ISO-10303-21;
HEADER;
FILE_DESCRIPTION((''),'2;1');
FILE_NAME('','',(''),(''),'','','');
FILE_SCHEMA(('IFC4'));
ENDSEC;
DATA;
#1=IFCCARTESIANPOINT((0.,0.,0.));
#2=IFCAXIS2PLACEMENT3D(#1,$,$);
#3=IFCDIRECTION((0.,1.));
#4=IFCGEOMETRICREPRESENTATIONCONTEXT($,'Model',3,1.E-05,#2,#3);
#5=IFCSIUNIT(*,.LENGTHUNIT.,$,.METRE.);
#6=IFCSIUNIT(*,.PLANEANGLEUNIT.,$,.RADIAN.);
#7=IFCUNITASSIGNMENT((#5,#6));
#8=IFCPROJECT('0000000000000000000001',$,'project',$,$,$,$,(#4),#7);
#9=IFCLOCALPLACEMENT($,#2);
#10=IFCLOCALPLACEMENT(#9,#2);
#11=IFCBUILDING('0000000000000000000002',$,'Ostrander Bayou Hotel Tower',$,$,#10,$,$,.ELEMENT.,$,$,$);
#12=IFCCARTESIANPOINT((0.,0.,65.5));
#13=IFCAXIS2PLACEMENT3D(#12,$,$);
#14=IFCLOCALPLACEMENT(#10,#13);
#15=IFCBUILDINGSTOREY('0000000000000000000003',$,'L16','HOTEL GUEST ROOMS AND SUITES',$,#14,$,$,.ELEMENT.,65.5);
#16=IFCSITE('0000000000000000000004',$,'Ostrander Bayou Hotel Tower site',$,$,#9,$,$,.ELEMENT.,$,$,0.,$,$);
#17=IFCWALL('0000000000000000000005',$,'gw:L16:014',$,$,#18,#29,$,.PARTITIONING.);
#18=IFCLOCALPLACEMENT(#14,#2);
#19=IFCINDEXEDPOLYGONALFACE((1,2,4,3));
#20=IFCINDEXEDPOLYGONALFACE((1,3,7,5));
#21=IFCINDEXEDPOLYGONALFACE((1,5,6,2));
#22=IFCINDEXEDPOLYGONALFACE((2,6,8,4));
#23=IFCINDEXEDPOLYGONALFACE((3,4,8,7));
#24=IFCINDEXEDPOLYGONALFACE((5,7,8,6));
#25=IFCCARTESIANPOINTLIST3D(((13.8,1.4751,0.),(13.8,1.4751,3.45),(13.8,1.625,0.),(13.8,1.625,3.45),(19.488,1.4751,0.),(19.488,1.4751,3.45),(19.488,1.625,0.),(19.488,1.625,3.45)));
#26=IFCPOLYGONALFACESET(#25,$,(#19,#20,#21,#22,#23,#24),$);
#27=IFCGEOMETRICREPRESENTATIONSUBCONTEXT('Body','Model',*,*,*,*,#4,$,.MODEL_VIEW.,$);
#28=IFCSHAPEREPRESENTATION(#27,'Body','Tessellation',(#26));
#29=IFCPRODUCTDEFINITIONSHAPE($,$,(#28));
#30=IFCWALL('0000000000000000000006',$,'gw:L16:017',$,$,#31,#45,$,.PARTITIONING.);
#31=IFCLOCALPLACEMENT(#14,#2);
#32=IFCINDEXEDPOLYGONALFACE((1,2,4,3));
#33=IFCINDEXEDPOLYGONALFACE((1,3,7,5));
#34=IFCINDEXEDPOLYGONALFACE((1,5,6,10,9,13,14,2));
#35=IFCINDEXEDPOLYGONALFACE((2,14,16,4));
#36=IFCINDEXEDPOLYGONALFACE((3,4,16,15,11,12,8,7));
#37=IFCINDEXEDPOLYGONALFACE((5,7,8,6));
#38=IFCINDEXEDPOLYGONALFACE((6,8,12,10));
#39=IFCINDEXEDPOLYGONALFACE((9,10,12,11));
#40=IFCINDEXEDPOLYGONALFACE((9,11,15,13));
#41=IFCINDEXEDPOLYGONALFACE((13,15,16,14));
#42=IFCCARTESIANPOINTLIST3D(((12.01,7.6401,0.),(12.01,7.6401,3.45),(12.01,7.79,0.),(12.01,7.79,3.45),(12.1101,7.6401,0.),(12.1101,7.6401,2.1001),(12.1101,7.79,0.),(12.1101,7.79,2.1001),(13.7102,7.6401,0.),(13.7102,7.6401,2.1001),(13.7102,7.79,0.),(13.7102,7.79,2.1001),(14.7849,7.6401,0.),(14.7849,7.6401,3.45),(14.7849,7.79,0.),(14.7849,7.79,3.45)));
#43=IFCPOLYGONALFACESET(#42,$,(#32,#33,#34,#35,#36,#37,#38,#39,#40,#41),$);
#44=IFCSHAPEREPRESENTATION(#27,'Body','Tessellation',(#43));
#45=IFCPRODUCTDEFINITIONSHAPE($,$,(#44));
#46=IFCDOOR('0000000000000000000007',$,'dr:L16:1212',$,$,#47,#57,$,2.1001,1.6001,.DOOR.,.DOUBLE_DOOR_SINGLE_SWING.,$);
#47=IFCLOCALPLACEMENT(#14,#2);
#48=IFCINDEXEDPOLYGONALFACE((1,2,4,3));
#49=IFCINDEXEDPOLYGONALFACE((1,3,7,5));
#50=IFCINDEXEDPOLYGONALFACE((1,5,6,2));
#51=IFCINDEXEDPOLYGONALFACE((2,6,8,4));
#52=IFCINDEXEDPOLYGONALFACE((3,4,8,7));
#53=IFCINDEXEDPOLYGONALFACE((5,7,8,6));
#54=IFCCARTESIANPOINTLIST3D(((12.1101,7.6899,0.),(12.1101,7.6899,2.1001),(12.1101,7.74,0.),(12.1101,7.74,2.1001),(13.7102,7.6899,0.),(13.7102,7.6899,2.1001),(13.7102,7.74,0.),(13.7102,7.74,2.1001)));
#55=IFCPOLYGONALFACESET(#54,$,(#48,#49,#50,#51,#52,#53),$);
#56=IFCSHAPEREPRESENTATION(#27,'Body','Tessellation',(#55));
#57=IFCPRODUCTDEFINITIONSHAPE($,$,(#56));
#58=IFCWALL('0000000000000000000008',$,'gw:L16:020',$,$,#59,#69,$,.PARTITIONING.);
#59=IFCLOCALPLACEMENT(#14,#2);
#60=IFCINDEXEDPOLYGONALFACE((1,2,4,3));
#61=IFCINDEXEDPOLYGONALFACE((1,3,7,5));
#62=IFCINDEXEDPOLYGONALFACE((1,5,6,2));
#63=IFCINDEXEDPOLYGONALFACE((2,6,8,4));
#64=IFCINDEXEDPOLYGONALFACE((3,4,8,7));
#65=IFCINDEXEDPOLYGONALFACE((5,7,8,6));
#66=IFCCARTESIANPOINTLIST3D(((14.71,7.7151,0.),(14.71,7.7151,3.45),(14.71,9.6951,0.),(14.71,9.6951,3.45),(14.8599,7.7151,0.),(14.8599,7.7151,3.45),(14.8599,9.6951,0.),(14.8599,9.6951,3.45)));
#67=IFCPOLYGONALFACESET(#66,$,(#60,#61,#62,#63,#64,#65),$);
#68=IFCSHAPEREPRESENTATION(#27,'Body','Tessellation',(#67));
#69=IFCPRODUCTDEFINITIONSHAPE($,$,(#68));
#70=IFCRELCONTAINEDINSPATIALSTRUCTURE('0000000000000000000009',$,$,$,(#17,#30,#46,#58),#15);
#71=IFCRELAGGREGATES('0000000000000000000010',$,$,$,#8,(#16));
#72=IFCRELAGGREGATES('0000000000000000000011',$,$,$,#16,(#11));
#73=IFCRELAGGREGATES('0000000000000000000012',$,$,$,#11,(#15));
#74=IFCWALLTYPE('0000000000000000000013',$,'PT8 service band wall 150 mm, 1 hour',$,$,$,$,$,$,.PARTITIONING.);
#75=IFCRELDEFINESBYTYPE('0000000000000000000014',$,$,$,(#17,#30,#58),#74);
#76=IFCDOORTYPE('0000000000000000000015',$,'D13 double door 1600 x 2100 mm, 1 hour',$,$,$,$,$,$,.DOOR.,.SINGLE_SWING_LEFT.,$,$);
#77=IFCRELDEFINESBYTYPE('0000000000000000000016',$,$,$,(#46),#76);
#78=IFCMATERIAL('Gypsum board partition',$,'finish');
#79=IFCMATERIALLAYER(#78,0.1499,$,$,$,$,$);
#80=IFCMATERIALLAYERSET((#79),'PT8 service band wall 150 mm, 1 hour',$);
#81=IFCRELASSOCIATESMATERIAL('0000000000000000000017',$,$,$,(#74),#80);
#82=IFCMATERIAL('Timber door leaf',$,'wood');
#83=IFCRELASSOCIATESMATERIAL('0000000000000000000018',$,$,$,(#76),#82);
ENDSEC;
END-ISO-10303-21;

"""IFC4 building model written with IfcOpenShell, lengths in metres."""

from ifc_helpers import new_model, si_unit, direction, frame, frame_2d, origin, place, context, subcontext, project, spatial, rectangle, extrude, material, layer, layer_set, type_object, element, fill, save


model = new_model("IFC4")

# Units and contexts
model_context = context("Model", 3, precision=1e-05, world=origin(), true_north=direction((0.0, 1.0)))
body_context = subcontext(model_context, "Body", "Model", "MODEL_VIEW")
ifc_project = project(units=[si_unit("LENGTHUNIT", "METRE"), si_unit("PLANEANGLEUNIT", "RADIAN")], contexts=[model_context])

# Site, building, storey
site_placement = place(None, origin())
site = spatial("IfcSite", under=ifc_project, at=site_placement, Name="Ostrander Bayou Hotel Tower site", CompositionType="ELEMENT", RefElevation=0.0)
building_placement = place(site_placement, origin())
building = spatial("IfcBuilding", under=site, at=building_placement, Name="Ostrander Bayou Hotel Tower", CompositionType="ELEMENT")
storey_placement = place(building_placement, frame((0.0, 0.0, 65.5)))
storey = spatial("IfcBuildingStorey", under=building, at=storey_placement, Name="L16", Description="HOTEL GUEST ROOMS AND SUITES", CompositionType="ELEMENT", Elevation=65.5)

# Wall
ifc_material_1 = material(Name="Gypsum board partition", Category="finish")
ifc_layer_1 = layer(ifc_material_1, 0.1499)
ifc_layer_set_1 = layer_set([ifc_layer_1], Name="PT8 service band wall 150 mm, 1 hour")
wall_type_1 = type_object("IfcWallType", Name="PT8 service band wall 150 mm, 1 hour", PredefinedType="PARTITIONING", material=ifc_layer_set_1)
wall_1_placement = place(storey_placement, frame((13.8, 1.55, 0.0), z_axis=(0.0, 0.0, 1.0), x_axis=(1.0, 0.0, 0.0)))
element("IfcWall", 1, at=wall_1_placement, inside=storey, type_object=wall_type_1, Name="gw:L16:014", PredefinedType="PARTITIONING", context=body_context, shape_type="SweptSolid", body=[
    extrude(rectangle(XDim=5.688, YDim=0.1499, at=frame_2d((2.844, 0.0))), origin(), (0.0, 0.0, 1.0), 3.45),
])

# Wall, opening, door
wall_2_placement = place(storey_placement, frame((12.01, 7.7151, 0.0), z_axis=(0.0, 0.0, 1.0), x_axis=(1.0, 0.0, 0.0)))
wall_2 = element("IfcWall", 2, at=wall_2_placement, inside=storey, type_object=wall_type_1, Name="gw:L16:017", PredefinedType="PARTITIONING", context=body_context, shape_type="SweptSolid", body=[
    extrude(rectangle(XDim=2.7749, YDim=0.1499, at=frame_2d((1.3875, 0.0))), origin(), (0.0, 0.0, 1.0), 3.45),
])
opening_1_placement = place(wall_2_placement, frame((0.1001, 0.0, 0.0)))
opening_1 = element("IfcOpeningElement", 3, at=opening_1_placement, cuts=wall_2, PredefinedType="OPENING", context=body_context, shape_type="SweptSolid", body=[
    extrude(rectangle(XDim=1.6001, YDim=2.1001, at=frame_2d((0.8, 1.05))), frame((0.0, 0.075, 0.0), z_axis=(0.0, -1.0, 0.0), x_axis=(1.0, 0.0, 0.0)), (0.0, 0.0, 1.0), 0.1499),
])
ifc_material_2 = material(Name="Timber door leaf", Category="wood")
door_type = type_object("IfcDoorType", Name="D13 double door 1600 x 2100 mm, 1 hour", OperationType="SINGLE_SWING_LEFT", PredefinedType="DOOR", material=ifc_material_2)
door_placement = place(opening_1_placement, origin())
door = element("IfcDoor", 4, at=door_placement, inside=storey, type_object=door_type, Name="dr:L16:1212", OperationType="DOUBLE_DOOR_SINGLE_SWING", OverallHeight=2.1001, OverallWidth=1.6001, PredefinedType="DOOR", context=body_context, shape_type="SweptSolid", body=[
    extrude(rectangle(XDim=1.6001, YDim=2.1001, at=frame_2d((0.8, 1.05))), frame((0.0, 0.0249, 0.0), z_axis=(0.0, -1.0, 0.0), x_axis=(1.0, 0.0, 0.0)), (0.0, 0.0, 1.0), 0.05),
])
fill(opening_1, door)

# Wall
wall_3_placement = place(storey_placement, frame((14.7849, 7.7151, 0.0), z_axis=(0.0, 0.0, 1.0), x_axis=(0.0, 1.0, 0.0)))
element("IfcWall", 5, at=wall_3_placement, inside=storey, type_object=wall_type_1, Name="gw:L16:020", PredefinedType="PARTITIONING", context=body_context, shape_type="SweptSolid", body=[
    extrude(rectangle(XDim=1.98, YDim=0.1499, at=frame_2d((0.99, 0.0))), origin(), (0.0, 0.0, 1.0), 3.45),
])

save(model, "model.ifc")
